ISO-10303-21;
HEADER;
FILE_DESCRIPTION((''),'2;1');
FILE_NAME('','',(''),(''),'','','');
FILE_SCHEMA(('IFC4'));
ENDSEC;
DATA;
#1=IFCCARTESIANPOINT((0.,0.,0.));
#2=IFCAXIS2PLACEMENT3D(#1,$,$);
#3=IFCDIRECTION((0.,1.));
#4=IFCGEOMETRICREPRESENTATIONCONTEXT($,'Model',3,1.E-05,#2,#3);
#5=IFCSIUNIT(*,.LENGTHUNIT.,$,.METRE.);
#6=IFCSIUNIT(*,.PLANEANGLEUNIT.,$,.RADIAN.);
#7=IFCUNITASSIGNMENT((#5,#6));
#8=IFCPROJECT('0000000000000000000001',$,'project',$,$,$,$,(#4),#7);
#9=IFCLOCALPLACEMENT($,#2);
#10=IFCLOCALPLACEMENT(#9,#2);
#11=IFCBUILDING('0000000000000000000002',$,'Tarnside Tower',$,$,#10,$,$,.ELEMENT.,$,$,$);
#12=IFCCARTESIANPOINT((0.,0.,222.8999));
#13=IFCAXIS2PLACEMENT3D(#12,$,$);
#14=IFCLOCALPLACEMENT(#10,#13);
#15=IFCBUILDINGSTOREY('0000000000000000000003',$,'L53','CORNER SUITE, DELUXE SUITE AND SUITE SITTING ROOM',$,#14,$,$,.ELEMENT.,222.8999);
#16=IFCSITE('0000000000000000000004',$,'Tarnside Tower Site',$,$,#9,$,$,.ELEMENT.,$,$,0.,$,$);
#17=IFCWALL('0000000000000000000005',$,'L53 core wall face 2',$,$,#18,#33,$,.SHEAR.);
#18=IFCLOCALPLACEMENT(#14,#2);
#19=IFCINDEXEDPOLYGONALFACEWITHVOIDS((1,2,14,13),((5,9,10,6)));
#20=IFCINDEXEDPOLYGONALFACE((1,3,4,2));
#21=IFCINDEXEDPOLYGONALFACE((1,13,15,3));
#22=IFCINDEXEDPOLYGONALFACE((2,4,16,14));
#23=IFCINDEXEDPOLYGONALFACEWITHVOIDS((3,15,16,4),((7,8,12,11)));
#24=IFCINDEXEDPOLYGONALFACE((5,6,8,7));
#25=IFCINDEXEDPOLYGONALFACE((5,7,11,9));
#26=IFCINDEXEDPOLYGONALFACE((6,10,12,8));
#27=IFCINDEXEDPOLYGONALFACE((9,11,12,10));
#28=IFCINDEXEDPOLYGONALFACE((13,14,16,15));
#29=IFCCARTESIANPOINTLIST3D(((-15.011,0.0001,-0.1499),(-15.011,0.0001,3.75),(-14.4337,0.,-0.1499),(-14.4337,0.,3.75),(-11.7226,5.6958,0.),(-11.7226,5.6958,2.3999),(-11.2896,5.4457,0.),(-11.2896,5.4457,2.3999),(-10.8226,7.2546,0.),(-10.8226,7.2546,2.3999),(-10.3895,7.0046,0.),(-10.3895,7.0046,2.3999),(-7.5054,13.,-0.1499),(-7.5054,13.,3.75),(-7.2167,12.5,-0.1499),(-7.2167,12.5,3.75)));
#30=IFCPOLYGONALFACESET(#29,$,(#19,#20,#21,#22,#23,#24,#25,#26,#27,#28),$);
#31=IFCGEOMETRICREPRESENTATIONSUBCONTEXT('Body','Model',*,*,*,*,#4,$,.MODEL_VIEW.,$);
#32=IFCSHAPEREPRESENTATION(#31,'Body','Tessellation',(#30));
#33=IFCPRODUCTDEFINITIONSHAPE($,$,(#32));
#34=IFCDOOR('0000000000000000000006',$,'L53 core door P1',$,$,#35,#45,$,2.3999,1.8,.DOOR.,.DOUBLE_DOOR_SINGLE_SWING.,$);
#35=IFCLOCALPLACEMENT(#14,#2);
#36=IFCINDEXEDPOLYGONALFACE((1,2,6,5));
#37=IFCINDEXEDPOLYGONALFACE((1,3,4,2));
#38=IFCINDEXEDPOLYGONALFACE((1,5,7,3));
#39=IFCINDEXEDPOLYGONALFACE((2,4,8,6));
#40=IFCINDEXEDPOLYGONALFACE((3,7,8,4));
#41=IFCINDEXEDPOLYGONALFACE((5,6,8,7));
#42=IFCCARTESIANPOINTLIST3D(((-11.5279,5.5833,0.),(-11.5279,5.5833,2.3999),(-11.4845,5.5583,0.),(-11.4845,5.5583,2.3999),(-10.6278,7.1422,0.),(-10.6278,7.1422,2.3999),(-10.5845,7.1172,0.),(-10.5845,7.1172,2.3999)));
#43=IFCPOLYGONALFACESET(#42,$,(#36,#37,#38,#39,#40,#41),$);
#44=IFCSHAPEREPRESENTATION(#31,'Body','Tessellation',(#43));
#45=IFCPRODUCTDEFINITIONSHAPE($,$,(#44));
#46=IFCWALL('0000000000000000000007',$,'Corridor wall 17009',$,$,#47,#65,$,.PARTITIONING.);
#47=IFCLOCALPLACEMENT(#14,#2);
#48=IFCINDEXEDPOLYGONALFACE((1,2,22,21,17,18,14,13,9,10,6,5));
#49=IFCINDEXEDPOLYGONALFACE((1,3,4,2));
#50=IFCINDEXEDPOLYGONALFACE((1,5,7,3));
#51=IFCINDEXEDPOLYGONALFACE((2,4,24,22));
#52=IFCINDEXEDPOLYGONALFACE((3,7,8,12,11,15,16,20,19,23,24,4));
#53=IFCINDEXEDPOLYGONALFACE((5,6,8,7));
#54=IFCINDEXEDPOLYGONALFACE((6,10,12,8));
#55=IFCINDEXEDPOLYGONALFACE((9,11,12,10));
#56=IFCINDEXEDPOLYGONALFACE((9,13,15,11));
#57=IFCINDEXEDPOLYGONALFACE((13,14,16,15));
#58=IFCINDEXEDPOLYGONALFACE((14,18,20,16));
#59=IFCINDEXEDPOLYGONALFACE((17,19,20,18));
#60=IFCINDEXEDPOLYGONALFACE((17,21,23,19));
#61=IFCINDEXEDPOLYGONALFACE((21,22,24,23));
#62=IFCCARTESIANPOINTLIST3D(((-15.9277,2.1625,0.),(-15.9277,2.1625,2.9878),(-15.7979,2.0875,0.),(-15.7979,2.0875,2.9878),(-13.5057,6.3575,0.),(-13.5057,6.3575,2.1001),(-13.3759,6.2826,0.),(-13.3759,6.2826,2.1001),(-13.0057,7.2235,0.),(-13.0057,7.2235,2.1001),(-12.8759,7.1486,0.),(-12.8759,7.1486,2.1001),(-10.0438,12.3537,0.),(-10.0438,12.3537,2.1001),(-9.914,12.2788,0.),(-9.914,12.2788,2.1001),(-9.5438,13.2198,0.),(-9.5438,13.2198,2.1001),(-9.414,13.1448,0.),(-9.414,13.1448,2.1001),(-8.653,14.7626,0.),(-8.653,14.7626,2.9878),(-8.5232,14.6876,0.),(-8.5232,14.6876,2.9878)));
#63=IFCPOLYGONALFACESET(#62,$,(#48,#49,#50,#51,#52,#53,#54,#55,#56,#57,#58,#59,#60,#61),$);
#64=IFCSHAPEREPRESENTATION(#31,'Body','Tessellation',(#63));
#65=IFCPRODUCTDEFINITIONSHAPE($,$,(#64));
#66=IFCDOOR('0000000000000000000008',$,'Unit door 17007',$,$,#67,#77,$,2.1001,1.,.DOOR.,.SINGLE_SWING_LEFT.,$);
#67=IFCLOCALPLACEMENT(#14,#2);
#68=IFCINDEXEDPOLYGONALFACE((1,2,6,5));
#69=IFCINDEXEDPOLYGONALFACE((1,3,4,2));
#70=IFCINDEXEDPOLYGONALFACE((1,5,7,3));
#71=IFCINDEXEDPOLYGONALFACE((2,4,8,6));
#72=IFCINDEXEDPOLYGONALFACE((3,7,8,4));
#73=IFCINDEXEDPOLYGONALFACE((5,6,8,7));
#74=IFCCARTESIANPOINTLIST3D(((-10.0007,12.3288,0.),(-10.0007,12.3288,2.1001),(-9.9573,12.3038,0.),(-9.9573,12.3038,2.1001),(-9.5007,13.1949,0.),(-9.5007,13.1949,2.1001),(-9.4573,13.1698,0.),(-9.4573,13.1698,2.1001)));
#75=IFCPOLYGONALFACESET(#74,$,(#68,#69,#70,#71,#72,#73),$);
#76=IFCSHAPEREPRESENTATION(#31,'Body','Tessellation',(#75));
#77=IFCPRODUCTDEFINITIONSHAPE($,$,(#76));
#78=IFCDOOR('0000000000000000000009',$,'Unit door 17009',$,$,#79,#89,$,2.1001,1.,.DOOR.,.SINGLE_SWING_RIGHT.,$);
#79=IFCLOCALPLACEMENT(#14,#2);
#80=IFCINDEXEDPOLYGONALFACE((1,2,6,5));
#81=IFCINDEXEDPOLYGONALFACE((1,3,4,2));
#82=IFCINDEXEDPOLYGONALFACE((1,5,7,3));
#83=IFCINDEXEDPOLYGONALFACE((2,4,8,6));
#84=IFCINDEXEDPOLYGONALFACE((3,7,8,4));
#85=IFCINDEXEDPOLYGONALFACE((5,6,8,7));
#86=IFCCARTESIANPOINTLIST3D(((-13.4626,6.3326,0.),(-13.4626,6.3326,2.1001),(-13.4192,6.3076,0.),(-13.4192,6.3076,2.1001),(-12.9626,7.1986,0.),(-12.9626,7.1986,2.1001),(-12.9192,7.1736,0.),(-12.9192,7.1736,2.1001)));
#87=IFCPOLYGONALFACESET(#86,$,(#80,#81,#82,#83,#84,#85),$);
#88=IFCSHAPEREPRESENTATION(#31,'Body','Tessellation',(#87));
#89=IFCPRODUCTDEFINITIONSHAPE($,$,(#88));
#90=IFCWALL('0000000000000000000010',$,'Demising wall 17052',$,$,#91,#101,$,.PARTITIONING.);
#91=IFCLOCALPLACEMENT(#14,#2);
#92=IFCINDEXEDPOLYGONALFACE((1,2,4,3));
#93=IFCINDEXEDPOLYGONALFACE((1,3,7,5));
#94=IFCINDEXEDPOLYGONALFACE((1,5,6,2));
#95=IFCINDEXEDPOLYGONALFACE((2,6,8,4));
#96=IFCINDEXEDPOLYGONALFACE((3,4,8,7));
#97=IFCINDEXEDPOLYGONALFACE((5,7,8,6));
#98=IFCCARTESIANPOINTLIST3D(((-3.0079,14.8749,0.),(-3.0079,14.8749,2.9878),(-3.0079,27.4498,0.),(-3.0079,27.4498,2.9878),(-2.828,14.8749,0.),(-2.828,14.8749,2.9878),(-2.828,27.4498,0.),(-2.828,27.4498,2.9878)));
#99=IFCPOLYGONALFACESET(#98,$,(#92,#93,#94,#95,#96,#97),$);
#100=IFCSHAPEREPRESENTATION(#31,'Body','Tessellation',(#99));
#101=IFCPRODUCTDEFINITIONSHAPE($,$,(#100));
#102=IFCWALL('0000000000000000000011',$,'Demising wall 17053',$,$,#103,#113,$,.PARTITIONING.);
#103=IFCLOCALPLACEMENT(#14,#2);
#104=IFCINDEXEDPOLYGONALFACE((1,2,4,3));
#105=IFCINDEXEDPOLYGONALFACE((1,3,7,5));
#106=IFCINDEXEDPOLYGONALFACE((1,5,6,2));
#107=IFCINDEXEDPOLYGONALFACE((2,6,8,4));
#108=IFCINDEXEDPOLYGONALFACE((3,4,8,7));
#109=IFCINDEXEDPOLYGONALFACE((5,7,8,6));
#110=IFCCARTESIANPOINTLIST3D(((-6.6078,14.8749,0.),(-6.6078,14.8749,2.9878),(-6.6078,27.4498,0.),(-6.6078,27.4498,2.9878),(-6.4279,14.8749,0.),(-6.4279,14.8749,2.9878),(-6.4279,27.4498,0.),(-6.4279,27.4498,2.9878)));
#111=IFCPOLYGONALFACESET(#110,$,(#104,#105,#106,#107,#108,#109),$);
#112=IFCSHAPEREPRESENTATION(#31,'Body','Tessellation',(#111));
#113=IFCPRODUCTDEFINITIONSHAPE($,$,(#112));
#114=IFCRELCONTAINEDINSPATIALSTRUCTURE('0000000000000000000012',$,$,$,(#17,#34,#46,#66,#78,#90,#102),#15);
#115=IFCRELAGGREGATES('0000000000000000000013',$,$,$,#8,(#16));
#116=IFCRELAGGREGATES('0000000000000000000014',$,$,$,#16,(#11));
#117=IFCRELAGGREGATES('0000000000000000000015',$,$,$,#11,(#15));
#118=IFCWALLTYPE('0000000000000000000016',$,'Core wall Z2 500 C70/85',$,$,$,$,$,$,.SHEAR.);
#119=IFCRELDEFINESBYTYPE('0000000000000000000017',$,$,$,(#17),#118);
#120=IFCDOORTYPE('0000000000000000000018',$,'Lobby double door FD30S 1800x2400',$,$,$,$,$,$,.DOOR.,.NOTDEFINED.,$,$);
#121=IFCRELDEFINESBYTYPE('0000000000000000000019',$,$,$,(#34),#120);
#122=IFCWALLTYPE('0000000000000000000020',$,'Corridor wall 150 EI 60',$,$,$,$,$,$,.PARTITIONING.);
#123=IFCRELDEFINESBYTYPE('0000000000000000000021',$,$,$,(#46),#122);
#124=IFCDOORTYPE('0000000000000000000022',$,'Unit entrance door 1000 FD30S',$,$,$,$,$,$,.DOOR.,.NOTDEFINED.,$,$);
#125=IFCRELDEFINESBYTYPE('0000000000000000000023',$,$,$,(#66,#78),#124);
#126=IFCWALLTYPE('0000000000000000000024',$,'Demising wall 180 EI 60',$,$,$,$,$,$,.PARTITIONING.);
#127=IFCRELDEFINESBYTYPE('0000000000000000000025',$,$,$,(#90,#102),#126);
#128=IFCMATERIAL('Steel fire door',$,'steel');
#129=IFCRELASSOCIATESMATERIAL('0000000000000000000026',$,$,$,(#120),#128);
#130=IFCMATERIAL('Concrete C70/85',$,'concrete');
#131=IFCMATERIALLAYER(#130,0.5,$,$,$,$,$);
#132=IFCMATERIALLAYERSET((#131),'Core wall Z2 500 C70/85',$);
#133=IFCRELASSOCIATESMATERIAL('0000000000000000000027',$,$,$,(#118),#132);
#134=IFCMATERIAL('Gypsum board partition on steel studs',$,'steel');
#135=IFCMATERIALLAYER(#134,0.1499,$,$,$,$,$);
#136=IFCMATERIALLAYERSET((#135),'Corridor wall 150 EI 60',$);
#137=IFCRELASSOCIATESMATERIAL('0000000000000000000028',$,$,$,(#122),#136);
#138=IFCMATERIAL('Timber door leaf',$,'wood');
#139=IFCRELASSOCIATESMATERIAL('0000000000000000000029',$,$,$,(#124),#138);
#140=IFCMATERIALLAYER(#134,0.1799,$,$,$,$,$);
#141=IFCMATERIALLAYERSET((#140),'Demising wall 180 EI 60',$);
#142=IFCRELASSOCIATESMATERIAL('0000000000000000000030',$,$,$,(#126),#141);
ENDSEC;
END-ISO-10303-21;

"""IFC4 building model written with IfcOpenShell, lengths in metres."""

from ifc_helpers import new_model, si_unit, direction, frame, frame_2d, origin, place, context, subcontext, project, spatial, polyline, rectangle, outline, extrude, material, layer, layer_set, type_object, element, fill, save


model = new_model("IFC4")

# Units and contexts
model_context = context("Model", 3, precision=1e-05, world=origin(), true_north=direction((0.0, 1.0)))
body_context = subcontext(model_context, "Body", "Model", "MODEL_VIEW")
ifc_project = project(units=[si_unit("LENGTHUNIT", "METRE"), si_unit("PLANEANGLEUNIT", "RADIAN")], contexts=[model_context])

# Site, building, storey
site_placement = place(None, origin())
site = spatial("IfcSite", under=ifc_project, at=site_placement, Name="Tarnside Tower Site", CompositionType="ELEMENT", RefElevation=0.0)
building_placement = place(site_placement, origin())
building = spatial("IfcBuilding", under=site, at=building_placement, Name="Tarnside Tower", CompositionType="ELEMENT")
storey_placement = place(building_placement, frame((0.0, 0.0, 222.8999)))
storey = spatial("IfcBuildingStorey", under=building, at=storey_placement, Name="L53", Description="CORNER SUITE, DELUXE SUITE AND SUITE SITTING ROOM", CompositionType="ELEMENT", Elevation=222.8999)

# Wall, opening, door
ifc_material_1 = material(Name="Steel fire door", Category="steel")
door_type_1 = type_object("IfcDoorType", Name="Lobby double door FD30S 1800x2400", OperationType="NOTDEFINED", PredefinedType="DOOR", material=ifc_material_1)
ifc_material_2 = material(Name="Concrete C70/85", Category="concrete")
ifc_layer_1 = layer(ifc_material_2, 0.5)
ifc_layer_set_1 = layer_set([ifc_layer_1], Name="Core wall Z2 500 C70/85")
wall_type_1 = type_object("IfcWallType", Name="Core wall Z2 500 C70/85", PredefinedType="SHEAR", material=ifc_layer_set_1)
wall_1_placement = place(storey_placement, frame((-7.3611, 12.75, -0.1499), z_axis=(0.0, 0.0, 1.0), x_axis=(-0.500006, -0.866022, 0.0)))
wall_1 = element("IfcWall", 1, at=wall_1_placement, inside=storey, type_object=wall_type_1, Name="L53 core wall face 2", PredefinedType="SHEAR", context=body_context, shape_type="SweptSolid", body=[
    extrude(outline(polyline([(-0.1443, -0.25), (14.8667, -0.25), (14.5781, 0.25), (0.1443, 0.25), (-0.1443, -0.25)])), origin(), (0.0, 0.0, 1.0), 3.8999),
])
opening_1_placement = place(wall_1_placement, frame((6.49, 0.0, 0.1499)))
opening_1 = element("IfcOpeningElement", 2, at=opening_1_placement, cuts=wall_1, PredefinedType="OPENING", context=body_context, shape_type="SweptSolid", body=[
    extrude(rectangle(XDim=1.8, YDim=2.3999, at=frame_2d((0.8999, 1.2))), frame((0.0, 0.26, 0.0), z_axis=(0.0, -1.0, 0.0), x_axis=(1.0, 0.0, 0.0)), (0.0, 0.0, 1.0), 0.52),
])
door_1_placement = place(opening_1_placement, origin())
door_1 = element("IfcDoor", 3, at=door_1_placement, inside=storey, type_object=door_type_1, Name="L53 core door P1", OperationType="DOUBLE_DOOR_SINGLE_SWING", OverallHeight=2.3999, OverallWidth=1.8, PredefinedType="DOOR", context=body_context, shape_type="SweptSolid", body=[
    extrude(rectangle(XDim=1.8, YDim=2.3999, at=frame_2d((0.8999, 1.2))), frame((0.0, 0.0249, 0.0), z_axis=(0.0, -1.0, 0.0), x_axis=(1.0, 0.0, 0.0)), (0.0, 0.0, 1.0), 0.05),
])
fill(opening_1, door_1)

# Wall, openings, doors
ifc_material_3 = material(Name="Gypsum board partition on steel studs", Category="steel")
ifc_layer_2 = layer(ifc_material_3, 0.1499)
ifc_layer_set_2 = layer_set([ifc_layer_2], Name="Corridor wall 150 EI 60")
wall_type_2 = type_object("IfcWallType", Name="Corridor wall 150 EI 60", PredefinedType="PARTITIONING", material=ifc_layer_set_2)
wall_2_placement = place(storey_placement, frame((-8.5881, 14.7251, 0.0), z_axis=(0.0, 0.0, 1.0), x_axis=(-0.499999, -0.866026, 0.0)))
wall_2 = element("IfcWall", 4, at=wall_2_placement, inside=storey, type_object=wall_type_2, Name="Corridor wall 17009", PredefinedType="PARTITIONING", context=body_context, shape_type="SweptSolid", body=[
    extrude(rectangle(XDim=14.5493, YDim=0.1499, at=frame_2d((7.2747, 0.0))), origin(), (0.0, 0.0, 1.0), 2.9878),
])
opening_2_placement = place(wall_2_placement, frame((1.7815, 0.0, 0.0)))
opening_2 = element("IfcOpeningElement", 5, at=opening_2_placement, cuts=wall_2, PredefinedType="OPENING", context=body_context, shape_type="SweptSolid", body=[
    extrude(rectangle(XDim=1.0, YDim=2.1001, at=frame_2d((0.5, 1.05))), frame((0.0, 0.085, 0.0), z_axis=(0.0, -1.0, 0.0), x_axis=(1.0, 0.0, 0.0)), (0.0, 0.0, 1.0), 0.1699),
])
opening_3_placement = place(wall_2_placement, frame((8.7053, 0.0, 0.0)))
opening_3 = element("IfcOpeningElement", 6, at=opening_3_placement, cuts=wall_2, PredefinedType="OPENING", context=body_context, shape_type="SweptSolid", body=[
    extrude(rectangle(XDim=1.0, YDim=2.1001, at=frame_2d((0.5, 1.05))), frame((0.0, 0.085, 0.0), z_axis=(0.0, -1.0, 0.0), x_axis=(1.0, 0.0, 0.0)), (0.0, 0.0, 1.0), 0.1699),
])
ifc_material_4 = material(Name="Timber door leaf", Category="wood")
door_type_2 = type_object("IfcDoorType", Name="Unit entrance door 1000 FD30S", OperationType="NOTDEFINED", PredefinedType="DOOR", material=ifc_material_4)
door_2_placement = place(opening_2_placement, origin())
door_2 = element("IfcDoor", 7, at=door_2_placement, inside=storey, type_object=door_type_2, Name="Unit door 17007", OperationType="SINGLE_SWING_LEFT", OverallHeight=2.1001, OverallWidth=1.0, PredefinedType="DOOR", context=body_context, shape_type="SweptSolid", body=[
    extrude(rectangle(XDim=1.0, YDim=2.1001, at=frame_2d((0.5, 1.05))), frame((0.0, 0.0249, 0.0), z_axis=(0.0, -1.0, 0.0), x_axis=(1.0, 0.0, 0.0)), (0.0, 0.0, 1.0), 0.05),
])
fill(opening_2, door_2)
door_3_placement = place(opening_3_placement, origin())
door_3 = element("IfcDoor", 8, at=door_3_placement, inside=storey, type_object=door_type_2, Name="Unit door 17009", OperationType="SINGLE_SWING_RIGHT", OverallHeight=2.1001, OverallWidth=1.0, PredefinedType="DOOR", context=body_context, shape_type="SweptSolid", body=[
    extrude(rectangle(XDim=1.0, YDim=2.1001, at=frame_2d((0.5, 1.05))), frame((0.0, 0.0249, 0.0), z_axis=(0.0, -1.0, 0.0), x_axis=(1.0, 0.0, 0.0)), (0.0, 0.0, 1.0), 0.05),
])
fill(opening_3, door_3)

# Walls
ifc_layer_3 = layer(ifc_material_3, 0.1799)
ifc_layer_set_3 = layer_set([ifc_layer_3], Name="Demising wall 180 EI 60")
wall_type_3 = type_object("IfcWallType", Name="Demising wall 180 EI 60", PredefinedType="PARTITIONING", material=ifc_layer_set_3)
for number, where, z_axis, x_axis, name in (
    (9, (-2.918, 27.45, 0.0), (0.0, 0.0, 1.0), (0.0, -1.0, 0.0), "Demising wall 17052"),
    (10, (-6.5178, 27.45, 0.0), (0.0, 0.0, 1.0), (0.0, -1.0, 0.0), "Demising wall 17053"),
):
    element("IfcWall", number, at=place(storey_placement, frame(where, z_axis=z_axis, x_axis=x_axis)), inside=storey, type_object=wall_type_3, Name=name, PredefinedType="PARTITIONING", context=body_context, shape_type="SweptSolid", body=[
        extrude(rectangle(XDim=12.575, YDim=0.1799, at=frame_2d((6.2876, 0.0))), origin(), (0.0, 0.0, 1.0), 2.9878),
    ])

save(model, "model.ifc")
